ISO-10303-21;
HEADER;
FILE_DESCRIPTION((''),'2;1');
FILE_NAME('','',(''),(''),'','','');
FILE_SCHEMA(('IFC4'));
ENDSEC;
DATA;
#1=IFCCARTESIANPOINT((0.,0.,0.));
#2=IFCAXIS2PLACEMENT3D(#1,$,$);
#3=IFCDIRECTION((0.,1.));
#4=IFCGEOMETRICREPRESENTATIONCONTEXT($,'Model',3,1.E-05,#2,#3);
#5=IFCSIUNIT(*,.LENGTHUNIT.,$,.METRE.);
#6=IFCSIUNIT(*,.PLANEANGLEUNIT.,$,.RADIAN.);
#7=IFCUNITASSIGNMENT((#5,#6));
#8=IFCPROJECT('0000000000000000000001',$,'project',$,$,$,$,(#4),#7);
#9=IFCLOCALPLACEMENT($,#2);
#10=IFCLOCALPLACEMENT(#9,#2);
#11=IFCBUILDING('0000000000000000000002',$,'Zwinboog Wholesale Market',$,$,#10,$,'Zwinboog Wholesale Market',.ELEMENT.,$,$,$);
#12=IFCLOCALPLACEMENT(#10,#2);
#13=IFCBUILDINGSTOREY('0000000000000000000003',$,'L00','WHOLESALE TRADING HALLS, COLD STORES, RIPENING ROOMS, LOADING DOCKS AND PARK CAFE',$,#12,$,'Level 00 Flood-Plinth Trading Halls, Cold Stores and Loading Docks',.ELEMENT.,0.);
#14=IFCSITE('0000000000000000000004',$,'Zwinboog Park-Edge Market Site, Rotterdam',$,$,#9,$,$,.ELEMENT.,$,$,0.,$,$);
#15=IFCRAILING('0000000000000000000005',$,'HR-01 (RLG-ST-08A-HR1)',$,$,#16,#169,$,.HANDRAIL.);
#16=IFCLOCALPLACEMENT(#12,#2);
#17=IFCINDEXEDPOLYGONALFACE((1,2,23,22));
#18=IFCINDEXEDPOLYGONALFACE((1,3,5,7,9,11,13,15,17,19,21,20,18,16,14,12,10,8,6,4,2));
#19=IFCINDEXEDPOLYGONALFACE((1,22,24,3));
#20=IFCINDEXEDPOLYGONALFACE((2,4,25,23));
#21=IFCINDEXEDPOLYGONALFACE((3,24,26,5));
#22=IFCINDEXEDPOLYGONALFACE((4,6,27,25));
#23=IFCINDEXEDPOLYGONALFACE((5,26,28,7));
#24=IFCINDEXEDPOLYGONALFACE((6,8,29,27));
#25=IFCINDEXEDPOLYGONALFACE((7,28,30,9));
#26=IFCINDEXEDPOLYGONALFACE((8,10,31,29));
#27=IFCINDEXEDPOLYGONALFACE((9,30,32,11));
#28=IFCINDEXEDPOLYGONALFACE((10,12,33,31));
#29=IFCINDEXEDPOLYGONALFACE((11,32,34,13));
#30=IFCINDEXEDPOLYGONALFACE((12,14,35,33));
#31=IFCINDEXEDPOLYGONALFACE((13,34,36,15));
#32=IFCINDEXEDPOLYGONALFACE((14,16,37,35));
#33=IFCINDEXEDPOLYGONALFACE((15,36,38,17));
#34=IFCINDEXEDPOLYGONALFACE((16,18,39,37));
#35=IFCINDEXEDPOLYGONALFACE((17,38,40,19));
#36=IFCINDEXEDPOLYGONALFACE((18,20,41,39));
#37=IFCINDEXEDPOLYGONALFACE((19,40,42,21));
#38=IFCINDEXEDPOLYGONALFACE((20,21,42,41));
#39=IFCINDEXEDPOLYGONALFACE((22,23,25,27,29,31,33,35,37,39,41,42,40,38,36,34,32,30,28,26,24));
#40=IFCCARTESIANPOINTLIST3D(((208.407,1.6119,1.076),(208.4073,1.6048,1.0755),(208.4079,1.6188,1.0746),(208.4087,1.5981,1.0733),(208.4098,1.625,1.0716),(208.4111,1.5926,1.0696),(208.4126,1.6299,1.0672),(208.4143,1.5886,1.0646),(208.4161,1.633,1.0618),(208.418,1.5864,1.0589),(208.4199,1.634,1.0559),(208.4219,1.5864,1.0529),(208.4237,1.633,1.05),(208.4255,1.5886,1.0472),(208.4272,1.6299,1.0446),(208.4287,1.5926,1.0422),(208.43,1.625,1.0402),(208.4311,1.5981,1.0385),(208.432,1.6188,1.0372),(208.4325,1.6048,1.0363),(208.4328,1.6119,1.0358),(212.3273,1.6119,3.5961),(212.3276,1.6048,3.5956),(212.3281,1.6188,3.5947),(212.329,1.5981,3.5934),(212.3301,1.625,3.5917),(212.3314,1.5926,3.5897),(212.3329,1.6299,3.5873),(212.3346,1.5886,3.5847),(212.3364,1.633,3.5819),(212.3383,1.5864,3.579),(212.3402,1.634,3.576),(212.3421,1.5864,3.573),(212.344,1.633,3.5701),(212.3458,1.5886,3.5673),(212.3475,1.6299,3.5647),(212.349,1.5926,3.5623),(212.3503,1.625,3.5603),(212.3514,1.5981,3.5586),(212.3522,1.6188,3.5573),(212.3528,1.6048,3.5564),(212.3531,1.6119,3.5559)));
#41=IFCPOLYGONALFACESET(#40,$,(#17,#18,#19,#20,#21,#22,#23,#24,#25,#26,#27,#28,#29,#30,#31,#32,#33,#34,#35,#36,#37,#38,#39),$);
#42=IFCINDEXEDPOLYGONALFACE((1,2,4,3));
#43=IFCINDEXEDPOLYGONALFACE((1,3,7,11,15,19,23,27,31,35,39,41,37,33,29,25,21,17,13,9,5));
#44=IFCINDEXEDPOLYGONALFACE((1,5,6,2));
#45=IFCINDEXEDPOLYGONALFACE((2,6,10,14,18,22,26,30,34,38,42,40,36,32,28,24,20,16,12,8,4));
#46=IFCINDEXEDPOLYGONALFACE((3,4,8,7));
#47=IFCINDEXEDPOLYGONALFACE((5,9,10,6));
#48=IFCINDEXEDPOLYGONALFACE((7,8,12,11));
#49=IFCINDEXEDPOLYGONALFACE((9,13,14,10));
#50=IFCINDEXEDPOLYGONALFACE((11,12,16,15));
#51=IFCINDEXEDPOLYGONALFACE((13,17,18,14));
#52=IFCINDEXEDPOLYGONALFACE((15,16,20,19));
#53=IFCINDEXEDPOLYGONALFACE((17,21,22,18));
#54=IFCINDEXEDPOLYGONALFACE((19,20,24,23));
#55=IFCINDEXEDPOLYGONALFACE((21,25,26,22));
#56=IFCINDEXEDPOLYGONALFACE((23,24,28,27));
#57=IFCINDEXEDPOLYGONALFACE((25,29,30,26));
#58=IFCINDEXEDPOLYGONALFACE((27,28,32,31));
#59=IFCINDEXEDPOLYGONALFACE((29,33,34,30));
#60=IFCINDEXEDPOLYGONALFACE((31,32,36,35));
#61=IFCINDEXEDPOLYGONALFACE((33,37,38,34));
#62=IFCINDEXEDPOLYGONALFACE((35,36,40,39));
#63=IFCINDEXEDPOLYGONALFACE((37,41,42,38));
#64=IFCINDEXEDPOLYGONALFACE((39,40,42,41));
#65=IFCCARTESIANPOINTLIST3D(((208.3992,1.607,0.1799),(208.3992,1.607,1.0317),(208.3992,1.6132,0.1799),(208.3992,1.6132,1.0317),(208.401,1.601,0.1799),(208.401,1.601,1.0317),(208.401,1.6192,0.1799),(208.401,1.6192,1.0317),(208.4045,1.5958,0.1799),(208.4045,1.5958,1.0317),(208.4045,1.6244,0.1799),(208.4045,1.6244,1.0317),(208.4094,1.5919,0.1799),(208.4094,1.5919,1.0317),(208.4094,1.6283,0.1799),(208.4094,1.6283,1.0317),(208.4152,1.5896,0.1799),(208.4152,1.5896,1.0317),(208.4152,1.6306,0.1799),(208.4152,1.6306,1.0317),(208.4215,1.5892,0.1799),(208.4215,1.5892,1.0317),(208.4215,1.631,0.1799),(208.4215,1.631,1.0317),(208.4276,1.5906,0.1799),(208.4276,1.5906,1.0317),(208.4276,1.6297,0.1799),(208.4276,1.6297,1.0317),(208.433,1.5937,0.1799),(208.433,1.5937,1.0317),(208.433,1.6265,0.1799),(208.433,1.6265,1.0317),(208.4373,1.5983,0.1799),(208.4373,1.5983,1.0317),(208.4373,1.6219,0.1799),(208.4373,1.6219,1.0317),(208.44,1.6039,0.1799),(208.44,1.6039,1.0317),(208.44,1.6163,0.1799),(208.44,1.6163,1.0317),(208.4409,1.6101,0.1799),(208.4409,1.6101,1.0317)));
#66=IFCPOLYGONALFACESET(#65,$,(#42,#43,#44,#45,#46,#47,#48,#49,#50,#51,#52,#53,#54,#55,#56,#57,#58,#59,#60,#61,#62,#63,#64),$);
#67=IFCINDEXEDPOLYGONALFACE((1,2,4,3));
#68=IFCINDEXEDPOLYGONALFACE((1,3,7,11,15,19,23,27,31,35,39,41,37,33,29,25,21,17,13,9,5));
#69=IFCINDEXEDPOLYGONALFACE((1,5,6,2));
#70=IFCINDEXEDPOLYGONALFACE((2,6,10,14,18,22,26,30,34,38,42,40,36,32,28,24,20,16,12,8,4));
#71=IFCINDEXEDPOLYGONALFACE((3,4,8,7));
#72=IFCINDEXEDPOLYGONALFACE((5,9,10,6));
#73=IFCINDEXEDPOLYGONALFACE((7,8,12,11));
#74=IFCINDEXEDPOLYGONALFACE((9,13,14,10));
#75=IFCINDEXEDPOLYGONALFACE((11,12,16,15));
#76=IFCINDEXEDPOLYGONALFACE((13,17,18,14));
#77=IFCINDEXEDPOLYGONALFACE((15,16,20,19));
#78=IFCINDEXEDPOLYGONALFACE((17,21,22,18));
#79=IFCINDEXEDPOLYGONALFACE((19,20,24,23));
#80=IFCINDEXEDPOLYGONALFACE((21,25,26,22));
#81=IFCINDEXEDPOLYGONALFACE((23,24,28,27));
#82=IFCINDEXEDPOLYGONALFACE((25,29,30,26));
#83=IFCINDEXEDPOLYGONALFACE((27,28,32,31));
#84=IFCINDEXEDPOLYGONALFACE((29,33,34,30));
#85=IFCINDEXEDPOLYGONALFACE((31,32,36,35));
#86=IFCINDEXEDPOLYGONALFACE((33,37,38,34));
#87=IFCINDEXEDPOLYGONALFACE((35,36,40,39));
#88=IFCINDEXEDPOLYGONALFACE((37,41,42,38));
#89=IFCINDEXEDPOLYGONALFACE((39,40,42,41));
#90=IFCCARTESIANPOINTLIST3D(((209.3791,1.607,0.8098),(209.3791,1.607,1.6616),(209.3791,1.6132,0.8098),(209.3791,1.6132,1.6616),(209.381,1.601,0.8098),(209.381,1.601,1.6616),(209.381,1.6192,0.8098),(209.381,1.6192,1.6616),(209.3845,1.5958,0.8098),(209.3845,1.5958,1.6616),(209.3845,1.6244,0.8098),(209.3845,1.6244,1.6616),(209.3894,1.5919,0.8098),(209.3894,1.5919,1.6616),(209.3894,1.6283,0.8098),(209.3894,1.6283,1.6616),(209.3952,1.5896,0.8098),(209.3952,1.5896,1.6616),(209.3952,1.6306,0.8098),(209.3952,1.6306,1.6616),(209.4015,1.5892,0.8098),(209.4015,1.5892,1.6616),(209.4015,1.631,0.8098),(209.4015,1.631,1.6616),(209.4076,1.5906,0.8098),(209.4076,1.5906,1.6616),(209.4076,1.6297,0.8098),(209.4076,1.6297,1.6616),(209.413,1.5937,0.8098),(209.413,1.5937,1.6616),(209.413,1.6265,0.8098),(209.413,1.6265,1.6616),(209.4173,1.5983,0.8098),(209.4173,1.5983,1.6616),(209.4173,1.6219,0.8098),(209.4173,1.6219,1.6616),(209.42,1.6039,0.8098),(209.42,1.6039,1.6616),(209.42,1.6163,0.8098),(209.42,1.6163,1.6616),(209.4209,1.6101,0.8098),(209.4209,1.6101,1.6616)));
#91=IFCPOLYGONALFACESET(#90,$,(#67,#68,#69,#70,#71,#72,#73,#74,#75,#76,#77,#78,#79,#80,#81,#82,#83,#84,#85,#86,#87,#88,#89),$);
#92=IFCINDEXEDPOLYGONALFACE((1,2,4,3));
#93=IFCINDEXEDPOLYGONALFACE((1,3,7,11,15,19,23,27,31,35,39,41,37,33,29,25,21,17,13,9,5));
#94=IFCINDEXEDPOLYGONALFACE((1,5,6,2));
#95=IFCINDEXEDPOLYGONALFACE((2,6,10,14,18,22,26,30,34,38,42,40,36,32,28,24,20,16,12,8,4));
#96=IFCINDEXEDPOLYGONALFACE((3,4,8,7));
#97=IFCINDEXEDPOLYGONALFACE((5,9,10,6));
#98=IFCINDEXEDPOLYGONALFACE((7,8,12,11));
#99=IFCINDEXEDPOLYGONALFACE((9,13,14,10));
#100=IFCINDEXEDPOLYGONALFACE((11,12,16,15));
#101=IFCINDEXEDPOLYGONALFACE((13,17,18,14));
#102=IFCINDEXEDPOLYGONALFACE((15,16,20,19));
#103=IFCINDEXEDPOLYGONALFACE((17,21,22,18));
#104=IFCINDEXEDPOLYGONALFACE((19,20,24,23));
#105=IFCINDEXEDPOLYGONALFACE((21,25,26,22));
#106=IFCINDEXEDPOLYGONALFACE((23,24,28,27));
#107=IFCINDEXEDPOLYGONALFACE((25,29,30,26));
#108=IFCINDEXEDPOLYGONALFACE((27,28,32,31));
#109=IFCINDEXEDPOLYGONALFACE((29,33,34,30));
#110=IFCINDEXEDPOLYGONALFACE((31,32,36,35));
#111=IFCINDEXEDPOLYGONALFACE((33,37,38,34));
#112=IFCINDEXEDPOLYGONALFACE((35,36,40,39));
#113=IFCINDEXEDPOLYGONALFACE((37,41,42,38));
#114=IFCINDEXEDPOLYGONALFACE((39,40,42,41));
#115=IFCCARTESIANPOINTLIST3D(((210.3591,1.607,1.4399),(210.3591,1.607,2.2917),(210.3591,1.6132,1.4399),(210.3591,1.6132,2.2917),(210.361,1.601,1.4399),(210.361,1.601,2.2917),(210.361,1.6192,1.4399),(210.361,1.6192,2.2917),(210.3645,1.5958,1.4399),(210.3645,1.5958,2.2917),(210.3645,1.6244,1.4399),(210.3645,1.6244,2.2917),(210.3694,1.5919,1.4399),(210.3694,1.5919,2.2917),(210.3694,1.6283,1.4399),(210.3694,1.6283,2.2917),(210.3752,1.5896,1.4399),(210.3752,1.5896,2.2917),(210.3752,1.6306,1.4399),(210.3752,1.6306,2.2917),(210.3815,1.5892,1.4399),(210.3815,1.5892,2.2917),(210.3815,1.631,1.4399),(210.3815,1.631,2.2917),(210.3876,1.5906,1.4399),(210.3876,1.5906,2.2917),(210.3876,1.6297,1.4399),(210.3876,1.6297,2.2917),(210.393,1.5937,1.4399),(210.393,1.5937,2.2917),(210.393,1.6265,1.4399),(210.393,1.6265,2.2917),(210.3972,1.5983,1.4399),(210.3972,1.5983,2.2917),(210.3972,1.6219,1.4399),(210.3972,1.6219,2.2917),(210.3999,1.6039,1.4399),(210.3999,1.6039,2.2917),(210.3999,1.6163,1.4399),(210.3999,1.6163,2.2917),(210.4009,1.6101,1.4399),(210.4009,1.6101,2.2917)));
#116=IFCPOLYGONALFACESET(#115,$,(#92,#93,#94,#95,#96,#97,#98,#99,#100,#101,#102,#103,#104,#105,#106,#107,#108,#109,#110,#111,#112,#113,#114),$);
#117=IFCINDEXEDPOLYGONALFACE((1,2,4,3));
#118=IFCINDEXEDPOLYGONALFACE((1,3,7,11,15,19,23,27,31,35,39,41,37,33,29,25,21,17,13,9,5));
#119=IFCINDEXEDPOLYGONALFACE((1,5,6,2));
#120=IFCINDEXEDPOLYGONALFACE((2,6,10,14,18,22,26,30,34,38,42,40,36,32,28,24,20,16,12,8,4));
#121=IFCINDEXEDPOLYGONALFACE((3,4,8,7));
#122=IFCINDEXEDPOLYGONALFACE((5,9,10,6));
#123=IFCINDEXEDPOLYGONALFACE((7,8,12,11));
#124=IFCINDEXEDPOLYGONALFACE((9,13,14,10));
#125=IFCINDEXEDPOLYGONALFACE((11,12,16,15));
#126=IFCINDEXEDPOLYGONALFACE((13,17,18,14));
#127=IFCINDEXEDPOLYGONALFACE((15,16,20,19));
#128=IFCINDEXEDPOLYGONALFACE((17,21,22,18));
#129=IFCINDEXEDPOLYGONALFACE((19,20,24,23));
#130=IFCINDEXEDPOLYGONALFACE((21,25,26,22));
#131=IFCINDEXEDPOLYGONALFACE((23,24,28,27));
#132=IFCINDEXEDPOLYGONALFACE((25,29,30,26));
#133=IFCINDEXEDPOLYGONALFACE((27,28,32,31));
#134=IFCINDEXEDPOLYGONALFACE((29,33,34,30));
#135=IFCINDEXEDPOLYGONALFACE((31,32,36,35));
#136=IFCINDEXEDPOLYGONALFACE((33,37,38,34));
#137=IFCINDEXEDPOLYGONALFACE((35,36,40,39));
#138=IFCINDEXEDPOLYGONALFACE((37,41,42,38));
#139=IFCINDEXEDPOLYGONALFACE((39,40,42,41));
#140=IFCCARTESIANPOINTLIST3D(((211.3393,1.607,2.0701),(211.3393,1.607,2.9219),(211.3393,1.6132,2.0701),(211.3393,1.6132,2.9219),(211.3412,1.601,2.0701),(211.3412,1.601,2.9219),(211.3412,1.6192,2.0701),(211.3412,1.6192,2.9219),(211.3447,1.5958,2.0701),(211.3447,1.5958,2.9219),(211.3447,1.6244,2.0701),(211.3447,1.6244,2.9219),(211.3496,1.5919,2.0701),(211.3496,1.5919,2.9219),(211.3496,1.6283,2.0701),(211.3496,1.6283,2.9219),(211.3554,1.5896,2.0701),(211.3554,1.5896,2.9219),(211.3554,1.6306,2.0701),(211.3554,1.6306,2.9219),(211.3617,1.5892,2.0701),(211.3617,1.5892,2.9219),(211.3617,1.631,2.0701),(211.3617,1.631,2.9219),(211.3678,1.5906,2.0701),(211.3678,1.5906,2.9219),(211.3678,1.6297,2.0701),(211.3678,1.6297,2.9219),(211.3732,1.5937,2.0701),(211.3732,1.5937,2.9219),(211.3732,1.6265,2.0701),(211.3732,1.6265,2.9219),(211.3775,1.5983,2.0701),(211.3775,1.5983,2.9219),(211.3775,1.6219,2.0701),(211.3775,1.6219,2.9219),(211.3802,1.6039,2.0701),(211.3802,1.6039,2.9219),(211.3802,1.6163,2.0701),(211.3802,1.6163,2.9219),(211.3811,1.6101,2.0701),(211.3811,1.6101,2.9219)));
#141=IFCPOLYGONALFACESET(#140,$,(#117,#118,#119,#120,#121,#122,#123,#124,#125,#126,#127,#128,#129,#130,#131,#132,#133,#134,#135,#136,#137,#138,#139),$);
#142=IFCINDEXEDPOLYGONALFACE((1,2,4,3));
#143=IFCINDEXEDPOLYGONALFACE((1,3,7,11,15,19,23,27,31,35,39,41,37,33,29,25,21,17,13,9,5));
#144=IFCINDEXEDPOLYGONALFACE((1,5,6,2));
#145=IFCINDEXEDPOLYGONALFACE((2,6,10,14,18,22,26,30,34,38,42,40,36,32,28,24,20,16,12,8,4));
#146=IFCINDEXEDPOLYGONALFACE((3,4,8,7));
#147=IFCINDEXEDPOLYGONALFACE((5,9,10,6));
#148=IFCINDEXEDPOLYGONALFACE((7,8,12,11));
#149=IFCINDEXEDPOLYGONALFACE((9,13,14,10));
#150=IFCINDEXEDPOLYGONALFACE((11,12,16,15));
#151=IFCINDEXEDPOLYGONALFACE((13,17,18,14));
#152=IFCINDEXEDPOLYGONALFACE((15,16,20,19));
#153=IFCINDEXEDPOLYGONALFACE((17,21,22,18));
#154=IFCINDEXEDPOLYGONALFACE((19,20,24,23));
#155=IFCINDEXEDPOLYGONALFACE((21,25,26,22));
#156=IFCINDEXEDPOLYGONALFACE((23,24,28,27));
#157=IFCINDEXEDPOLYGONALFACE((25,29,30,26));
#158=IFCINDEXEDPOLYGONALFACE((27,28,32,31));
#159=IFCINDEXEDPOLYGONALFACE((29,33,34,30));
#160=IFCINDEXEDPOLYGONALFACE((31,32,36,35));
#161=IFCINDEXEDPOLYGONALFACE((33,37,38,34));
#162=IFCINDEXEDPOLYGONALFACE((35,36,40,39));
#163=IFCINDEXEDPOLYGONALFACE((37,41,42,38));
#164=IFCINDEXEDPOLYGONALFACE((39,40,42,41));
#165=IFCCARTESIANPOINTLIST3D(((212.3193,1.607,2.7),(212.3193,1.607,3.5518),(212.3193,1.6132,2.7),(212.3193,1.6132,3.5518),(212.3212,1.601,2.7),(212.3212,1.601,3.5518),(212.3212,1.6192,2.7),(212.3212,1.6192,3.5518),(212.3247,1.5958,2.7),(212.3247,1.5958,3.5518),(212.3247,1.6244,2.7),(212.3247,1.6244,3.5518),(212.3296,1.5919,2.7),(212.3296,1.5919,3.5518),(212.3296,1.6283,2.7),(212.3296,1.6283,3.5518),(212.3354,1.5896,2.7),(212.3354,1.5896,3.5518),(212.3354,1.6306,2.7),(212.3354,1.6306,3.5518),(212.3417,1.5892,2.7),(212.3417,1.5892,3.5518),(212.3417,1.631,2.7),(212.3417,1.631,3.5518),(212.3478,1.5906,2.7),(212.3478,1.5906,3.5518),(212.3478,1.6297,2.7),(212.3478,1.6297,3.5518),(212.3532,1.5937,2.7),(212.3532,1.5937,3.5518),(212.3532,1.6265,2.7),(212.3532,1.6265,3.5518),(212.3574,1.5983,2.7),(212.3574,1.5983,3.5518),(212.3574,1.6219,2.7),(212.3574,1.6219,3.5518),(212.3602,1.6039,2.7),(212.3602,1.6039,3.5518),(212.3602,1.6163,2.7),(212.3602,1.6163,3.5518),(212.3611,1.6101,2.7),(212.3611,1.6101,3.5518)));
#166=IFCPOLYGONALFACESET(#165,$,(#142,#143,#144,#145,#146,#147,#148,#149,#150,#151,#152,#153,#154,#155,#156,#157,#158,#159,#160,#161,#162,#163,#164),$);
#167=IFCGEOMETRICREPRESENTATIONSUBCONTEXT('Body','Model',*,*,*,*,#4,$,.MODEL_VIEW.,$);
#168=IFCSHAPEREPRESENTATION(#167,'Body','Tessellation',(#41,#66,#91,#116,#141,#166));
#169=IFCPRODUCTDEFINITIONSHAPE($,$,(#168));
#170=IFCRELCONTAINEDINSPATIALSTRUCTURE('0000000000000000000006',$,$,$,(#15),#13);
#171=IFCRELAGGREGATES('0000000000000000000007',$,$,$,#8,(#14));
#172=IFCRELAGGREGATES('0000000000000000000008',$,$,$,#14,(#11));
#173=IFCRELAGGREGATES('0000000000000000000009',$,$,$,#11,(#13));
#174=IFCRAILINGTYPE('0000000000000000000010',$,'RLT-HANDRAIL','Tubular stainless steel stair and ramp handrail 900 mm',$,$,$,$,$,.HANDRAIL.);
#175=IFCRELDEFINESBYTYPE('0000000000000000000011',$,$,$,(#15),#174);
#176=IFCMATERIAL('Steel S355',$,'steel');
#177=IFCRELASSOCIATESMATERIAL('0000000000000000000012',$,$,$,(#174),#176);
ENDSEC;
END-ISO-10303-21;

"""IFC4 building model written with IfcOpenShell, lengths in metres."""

from ifc_helpers import new_model, si_unit, direction, frame, origin, origin_2d, place, context, subcontext, project, spatial, circle, extrude, material, type_object, element, save


model = new_model("IFC4")

# Units and contexts
model_context = context("Model", 3, precision=1e-05, world=origin(), true_north=direction((0.0, 1.0)))
body_context = subcontext(model_context, "Body", "Model", "MODEL_VIEW")
ifc_project = project(units=[si_unit("LENGTHUNIT", "METRE"), si_unit("PLANEANGLEUNIT", "RADIAN")], contexts=[model_context])

# Site, building, storey
site_placement = place(None, origin())
site = spatial("IfcSite", under=ifc_project, at=site_placement, Name="Zwinboog Park-Edge Market Site, Rotterdam", CompositionType="ELEMENT", RefElevation=0.0)
building_placement = place(site_placement, origin())
building = spatial("IfcBuilding", under=site, at=building_placement, Name="Zwinboog Wholesale Market", LongName="Zwinboog Wholesale Market", CompositionType="ELEMENT")
storey_placement = place(building_placement, origin())
storey = spatial("IfcBuildingStorey", under=building, at=storey_placement, Name="L00", Description="WHOLESALE TRADING HALLS, COLD STORES, RIPENING ROOMS, LOADING DOCKS AND PARK CAFE", LongName="Level 00 Flood-Plinth Trading Halls, Cold Stores and Loading Docks", CompositionType="ELEMENT", Elevation=0.0)

# Railing
ifc_material_1 = material(Name="Steel S355", Category="steel")
railing_type_1 = type_object("IfcRailingType", Name="RLT-HANDRAIL", Description="Tubular stainless steel stair and ramp handrail 900 mm", PredefinedType="HANDRAIL", material=ifc_material_1)
railing_1_placement = place(storey_placement, frame((208.4199, 1.6101, 0.1799)))
element("IfcRailing", 1, at=railing_1_placement, inside=storey, type_object=railing_type_1, Name="HR-01 (RLG-ST-08A-HR1)", PredefinedType="HANDRAIL", context=body_context, shape_type="SweptSolid", body=[
    extrude(circle(Radius=0.0239, at=origin_2d()), frame((0.0, 0.0, 0.876), z_axis=(0.841187, 0.0, 0.540744), x_axis=(0.0, 1.0, 0.0)), (0.0, 0.0, 1.0), 4.6604),
    extrude(circle(Radius=0.021, at=origin_2d()), origin(), (0.0, 0.0, 1.0), 0.8518),
    extrude(circle(Radius=0.021, at=origin_2d()), frame((0.98, 0.0, 0.6299)), (0.0, 0.0, 1.0), 0.8518),
    extrude(circle(Radius=0.021, at=origin_2d()), frame((1.96, 0.0, 1.26)), (0.0, 0.0, 1.0), 0.8518),
    extrude(circle(Radius=0.021, at=origin_2d()), frame((2.9402, 0.0, 1.8901)), (0.0, 0.0, 1.0), 0.8518),
    extrude(circle(Radius=0.021, at=origin_2d()), frame((3.9202, 0.0, 2.52)), (0.0, 0.0, 1.0), 0.8518),
])

save(model, "model.ifc")
